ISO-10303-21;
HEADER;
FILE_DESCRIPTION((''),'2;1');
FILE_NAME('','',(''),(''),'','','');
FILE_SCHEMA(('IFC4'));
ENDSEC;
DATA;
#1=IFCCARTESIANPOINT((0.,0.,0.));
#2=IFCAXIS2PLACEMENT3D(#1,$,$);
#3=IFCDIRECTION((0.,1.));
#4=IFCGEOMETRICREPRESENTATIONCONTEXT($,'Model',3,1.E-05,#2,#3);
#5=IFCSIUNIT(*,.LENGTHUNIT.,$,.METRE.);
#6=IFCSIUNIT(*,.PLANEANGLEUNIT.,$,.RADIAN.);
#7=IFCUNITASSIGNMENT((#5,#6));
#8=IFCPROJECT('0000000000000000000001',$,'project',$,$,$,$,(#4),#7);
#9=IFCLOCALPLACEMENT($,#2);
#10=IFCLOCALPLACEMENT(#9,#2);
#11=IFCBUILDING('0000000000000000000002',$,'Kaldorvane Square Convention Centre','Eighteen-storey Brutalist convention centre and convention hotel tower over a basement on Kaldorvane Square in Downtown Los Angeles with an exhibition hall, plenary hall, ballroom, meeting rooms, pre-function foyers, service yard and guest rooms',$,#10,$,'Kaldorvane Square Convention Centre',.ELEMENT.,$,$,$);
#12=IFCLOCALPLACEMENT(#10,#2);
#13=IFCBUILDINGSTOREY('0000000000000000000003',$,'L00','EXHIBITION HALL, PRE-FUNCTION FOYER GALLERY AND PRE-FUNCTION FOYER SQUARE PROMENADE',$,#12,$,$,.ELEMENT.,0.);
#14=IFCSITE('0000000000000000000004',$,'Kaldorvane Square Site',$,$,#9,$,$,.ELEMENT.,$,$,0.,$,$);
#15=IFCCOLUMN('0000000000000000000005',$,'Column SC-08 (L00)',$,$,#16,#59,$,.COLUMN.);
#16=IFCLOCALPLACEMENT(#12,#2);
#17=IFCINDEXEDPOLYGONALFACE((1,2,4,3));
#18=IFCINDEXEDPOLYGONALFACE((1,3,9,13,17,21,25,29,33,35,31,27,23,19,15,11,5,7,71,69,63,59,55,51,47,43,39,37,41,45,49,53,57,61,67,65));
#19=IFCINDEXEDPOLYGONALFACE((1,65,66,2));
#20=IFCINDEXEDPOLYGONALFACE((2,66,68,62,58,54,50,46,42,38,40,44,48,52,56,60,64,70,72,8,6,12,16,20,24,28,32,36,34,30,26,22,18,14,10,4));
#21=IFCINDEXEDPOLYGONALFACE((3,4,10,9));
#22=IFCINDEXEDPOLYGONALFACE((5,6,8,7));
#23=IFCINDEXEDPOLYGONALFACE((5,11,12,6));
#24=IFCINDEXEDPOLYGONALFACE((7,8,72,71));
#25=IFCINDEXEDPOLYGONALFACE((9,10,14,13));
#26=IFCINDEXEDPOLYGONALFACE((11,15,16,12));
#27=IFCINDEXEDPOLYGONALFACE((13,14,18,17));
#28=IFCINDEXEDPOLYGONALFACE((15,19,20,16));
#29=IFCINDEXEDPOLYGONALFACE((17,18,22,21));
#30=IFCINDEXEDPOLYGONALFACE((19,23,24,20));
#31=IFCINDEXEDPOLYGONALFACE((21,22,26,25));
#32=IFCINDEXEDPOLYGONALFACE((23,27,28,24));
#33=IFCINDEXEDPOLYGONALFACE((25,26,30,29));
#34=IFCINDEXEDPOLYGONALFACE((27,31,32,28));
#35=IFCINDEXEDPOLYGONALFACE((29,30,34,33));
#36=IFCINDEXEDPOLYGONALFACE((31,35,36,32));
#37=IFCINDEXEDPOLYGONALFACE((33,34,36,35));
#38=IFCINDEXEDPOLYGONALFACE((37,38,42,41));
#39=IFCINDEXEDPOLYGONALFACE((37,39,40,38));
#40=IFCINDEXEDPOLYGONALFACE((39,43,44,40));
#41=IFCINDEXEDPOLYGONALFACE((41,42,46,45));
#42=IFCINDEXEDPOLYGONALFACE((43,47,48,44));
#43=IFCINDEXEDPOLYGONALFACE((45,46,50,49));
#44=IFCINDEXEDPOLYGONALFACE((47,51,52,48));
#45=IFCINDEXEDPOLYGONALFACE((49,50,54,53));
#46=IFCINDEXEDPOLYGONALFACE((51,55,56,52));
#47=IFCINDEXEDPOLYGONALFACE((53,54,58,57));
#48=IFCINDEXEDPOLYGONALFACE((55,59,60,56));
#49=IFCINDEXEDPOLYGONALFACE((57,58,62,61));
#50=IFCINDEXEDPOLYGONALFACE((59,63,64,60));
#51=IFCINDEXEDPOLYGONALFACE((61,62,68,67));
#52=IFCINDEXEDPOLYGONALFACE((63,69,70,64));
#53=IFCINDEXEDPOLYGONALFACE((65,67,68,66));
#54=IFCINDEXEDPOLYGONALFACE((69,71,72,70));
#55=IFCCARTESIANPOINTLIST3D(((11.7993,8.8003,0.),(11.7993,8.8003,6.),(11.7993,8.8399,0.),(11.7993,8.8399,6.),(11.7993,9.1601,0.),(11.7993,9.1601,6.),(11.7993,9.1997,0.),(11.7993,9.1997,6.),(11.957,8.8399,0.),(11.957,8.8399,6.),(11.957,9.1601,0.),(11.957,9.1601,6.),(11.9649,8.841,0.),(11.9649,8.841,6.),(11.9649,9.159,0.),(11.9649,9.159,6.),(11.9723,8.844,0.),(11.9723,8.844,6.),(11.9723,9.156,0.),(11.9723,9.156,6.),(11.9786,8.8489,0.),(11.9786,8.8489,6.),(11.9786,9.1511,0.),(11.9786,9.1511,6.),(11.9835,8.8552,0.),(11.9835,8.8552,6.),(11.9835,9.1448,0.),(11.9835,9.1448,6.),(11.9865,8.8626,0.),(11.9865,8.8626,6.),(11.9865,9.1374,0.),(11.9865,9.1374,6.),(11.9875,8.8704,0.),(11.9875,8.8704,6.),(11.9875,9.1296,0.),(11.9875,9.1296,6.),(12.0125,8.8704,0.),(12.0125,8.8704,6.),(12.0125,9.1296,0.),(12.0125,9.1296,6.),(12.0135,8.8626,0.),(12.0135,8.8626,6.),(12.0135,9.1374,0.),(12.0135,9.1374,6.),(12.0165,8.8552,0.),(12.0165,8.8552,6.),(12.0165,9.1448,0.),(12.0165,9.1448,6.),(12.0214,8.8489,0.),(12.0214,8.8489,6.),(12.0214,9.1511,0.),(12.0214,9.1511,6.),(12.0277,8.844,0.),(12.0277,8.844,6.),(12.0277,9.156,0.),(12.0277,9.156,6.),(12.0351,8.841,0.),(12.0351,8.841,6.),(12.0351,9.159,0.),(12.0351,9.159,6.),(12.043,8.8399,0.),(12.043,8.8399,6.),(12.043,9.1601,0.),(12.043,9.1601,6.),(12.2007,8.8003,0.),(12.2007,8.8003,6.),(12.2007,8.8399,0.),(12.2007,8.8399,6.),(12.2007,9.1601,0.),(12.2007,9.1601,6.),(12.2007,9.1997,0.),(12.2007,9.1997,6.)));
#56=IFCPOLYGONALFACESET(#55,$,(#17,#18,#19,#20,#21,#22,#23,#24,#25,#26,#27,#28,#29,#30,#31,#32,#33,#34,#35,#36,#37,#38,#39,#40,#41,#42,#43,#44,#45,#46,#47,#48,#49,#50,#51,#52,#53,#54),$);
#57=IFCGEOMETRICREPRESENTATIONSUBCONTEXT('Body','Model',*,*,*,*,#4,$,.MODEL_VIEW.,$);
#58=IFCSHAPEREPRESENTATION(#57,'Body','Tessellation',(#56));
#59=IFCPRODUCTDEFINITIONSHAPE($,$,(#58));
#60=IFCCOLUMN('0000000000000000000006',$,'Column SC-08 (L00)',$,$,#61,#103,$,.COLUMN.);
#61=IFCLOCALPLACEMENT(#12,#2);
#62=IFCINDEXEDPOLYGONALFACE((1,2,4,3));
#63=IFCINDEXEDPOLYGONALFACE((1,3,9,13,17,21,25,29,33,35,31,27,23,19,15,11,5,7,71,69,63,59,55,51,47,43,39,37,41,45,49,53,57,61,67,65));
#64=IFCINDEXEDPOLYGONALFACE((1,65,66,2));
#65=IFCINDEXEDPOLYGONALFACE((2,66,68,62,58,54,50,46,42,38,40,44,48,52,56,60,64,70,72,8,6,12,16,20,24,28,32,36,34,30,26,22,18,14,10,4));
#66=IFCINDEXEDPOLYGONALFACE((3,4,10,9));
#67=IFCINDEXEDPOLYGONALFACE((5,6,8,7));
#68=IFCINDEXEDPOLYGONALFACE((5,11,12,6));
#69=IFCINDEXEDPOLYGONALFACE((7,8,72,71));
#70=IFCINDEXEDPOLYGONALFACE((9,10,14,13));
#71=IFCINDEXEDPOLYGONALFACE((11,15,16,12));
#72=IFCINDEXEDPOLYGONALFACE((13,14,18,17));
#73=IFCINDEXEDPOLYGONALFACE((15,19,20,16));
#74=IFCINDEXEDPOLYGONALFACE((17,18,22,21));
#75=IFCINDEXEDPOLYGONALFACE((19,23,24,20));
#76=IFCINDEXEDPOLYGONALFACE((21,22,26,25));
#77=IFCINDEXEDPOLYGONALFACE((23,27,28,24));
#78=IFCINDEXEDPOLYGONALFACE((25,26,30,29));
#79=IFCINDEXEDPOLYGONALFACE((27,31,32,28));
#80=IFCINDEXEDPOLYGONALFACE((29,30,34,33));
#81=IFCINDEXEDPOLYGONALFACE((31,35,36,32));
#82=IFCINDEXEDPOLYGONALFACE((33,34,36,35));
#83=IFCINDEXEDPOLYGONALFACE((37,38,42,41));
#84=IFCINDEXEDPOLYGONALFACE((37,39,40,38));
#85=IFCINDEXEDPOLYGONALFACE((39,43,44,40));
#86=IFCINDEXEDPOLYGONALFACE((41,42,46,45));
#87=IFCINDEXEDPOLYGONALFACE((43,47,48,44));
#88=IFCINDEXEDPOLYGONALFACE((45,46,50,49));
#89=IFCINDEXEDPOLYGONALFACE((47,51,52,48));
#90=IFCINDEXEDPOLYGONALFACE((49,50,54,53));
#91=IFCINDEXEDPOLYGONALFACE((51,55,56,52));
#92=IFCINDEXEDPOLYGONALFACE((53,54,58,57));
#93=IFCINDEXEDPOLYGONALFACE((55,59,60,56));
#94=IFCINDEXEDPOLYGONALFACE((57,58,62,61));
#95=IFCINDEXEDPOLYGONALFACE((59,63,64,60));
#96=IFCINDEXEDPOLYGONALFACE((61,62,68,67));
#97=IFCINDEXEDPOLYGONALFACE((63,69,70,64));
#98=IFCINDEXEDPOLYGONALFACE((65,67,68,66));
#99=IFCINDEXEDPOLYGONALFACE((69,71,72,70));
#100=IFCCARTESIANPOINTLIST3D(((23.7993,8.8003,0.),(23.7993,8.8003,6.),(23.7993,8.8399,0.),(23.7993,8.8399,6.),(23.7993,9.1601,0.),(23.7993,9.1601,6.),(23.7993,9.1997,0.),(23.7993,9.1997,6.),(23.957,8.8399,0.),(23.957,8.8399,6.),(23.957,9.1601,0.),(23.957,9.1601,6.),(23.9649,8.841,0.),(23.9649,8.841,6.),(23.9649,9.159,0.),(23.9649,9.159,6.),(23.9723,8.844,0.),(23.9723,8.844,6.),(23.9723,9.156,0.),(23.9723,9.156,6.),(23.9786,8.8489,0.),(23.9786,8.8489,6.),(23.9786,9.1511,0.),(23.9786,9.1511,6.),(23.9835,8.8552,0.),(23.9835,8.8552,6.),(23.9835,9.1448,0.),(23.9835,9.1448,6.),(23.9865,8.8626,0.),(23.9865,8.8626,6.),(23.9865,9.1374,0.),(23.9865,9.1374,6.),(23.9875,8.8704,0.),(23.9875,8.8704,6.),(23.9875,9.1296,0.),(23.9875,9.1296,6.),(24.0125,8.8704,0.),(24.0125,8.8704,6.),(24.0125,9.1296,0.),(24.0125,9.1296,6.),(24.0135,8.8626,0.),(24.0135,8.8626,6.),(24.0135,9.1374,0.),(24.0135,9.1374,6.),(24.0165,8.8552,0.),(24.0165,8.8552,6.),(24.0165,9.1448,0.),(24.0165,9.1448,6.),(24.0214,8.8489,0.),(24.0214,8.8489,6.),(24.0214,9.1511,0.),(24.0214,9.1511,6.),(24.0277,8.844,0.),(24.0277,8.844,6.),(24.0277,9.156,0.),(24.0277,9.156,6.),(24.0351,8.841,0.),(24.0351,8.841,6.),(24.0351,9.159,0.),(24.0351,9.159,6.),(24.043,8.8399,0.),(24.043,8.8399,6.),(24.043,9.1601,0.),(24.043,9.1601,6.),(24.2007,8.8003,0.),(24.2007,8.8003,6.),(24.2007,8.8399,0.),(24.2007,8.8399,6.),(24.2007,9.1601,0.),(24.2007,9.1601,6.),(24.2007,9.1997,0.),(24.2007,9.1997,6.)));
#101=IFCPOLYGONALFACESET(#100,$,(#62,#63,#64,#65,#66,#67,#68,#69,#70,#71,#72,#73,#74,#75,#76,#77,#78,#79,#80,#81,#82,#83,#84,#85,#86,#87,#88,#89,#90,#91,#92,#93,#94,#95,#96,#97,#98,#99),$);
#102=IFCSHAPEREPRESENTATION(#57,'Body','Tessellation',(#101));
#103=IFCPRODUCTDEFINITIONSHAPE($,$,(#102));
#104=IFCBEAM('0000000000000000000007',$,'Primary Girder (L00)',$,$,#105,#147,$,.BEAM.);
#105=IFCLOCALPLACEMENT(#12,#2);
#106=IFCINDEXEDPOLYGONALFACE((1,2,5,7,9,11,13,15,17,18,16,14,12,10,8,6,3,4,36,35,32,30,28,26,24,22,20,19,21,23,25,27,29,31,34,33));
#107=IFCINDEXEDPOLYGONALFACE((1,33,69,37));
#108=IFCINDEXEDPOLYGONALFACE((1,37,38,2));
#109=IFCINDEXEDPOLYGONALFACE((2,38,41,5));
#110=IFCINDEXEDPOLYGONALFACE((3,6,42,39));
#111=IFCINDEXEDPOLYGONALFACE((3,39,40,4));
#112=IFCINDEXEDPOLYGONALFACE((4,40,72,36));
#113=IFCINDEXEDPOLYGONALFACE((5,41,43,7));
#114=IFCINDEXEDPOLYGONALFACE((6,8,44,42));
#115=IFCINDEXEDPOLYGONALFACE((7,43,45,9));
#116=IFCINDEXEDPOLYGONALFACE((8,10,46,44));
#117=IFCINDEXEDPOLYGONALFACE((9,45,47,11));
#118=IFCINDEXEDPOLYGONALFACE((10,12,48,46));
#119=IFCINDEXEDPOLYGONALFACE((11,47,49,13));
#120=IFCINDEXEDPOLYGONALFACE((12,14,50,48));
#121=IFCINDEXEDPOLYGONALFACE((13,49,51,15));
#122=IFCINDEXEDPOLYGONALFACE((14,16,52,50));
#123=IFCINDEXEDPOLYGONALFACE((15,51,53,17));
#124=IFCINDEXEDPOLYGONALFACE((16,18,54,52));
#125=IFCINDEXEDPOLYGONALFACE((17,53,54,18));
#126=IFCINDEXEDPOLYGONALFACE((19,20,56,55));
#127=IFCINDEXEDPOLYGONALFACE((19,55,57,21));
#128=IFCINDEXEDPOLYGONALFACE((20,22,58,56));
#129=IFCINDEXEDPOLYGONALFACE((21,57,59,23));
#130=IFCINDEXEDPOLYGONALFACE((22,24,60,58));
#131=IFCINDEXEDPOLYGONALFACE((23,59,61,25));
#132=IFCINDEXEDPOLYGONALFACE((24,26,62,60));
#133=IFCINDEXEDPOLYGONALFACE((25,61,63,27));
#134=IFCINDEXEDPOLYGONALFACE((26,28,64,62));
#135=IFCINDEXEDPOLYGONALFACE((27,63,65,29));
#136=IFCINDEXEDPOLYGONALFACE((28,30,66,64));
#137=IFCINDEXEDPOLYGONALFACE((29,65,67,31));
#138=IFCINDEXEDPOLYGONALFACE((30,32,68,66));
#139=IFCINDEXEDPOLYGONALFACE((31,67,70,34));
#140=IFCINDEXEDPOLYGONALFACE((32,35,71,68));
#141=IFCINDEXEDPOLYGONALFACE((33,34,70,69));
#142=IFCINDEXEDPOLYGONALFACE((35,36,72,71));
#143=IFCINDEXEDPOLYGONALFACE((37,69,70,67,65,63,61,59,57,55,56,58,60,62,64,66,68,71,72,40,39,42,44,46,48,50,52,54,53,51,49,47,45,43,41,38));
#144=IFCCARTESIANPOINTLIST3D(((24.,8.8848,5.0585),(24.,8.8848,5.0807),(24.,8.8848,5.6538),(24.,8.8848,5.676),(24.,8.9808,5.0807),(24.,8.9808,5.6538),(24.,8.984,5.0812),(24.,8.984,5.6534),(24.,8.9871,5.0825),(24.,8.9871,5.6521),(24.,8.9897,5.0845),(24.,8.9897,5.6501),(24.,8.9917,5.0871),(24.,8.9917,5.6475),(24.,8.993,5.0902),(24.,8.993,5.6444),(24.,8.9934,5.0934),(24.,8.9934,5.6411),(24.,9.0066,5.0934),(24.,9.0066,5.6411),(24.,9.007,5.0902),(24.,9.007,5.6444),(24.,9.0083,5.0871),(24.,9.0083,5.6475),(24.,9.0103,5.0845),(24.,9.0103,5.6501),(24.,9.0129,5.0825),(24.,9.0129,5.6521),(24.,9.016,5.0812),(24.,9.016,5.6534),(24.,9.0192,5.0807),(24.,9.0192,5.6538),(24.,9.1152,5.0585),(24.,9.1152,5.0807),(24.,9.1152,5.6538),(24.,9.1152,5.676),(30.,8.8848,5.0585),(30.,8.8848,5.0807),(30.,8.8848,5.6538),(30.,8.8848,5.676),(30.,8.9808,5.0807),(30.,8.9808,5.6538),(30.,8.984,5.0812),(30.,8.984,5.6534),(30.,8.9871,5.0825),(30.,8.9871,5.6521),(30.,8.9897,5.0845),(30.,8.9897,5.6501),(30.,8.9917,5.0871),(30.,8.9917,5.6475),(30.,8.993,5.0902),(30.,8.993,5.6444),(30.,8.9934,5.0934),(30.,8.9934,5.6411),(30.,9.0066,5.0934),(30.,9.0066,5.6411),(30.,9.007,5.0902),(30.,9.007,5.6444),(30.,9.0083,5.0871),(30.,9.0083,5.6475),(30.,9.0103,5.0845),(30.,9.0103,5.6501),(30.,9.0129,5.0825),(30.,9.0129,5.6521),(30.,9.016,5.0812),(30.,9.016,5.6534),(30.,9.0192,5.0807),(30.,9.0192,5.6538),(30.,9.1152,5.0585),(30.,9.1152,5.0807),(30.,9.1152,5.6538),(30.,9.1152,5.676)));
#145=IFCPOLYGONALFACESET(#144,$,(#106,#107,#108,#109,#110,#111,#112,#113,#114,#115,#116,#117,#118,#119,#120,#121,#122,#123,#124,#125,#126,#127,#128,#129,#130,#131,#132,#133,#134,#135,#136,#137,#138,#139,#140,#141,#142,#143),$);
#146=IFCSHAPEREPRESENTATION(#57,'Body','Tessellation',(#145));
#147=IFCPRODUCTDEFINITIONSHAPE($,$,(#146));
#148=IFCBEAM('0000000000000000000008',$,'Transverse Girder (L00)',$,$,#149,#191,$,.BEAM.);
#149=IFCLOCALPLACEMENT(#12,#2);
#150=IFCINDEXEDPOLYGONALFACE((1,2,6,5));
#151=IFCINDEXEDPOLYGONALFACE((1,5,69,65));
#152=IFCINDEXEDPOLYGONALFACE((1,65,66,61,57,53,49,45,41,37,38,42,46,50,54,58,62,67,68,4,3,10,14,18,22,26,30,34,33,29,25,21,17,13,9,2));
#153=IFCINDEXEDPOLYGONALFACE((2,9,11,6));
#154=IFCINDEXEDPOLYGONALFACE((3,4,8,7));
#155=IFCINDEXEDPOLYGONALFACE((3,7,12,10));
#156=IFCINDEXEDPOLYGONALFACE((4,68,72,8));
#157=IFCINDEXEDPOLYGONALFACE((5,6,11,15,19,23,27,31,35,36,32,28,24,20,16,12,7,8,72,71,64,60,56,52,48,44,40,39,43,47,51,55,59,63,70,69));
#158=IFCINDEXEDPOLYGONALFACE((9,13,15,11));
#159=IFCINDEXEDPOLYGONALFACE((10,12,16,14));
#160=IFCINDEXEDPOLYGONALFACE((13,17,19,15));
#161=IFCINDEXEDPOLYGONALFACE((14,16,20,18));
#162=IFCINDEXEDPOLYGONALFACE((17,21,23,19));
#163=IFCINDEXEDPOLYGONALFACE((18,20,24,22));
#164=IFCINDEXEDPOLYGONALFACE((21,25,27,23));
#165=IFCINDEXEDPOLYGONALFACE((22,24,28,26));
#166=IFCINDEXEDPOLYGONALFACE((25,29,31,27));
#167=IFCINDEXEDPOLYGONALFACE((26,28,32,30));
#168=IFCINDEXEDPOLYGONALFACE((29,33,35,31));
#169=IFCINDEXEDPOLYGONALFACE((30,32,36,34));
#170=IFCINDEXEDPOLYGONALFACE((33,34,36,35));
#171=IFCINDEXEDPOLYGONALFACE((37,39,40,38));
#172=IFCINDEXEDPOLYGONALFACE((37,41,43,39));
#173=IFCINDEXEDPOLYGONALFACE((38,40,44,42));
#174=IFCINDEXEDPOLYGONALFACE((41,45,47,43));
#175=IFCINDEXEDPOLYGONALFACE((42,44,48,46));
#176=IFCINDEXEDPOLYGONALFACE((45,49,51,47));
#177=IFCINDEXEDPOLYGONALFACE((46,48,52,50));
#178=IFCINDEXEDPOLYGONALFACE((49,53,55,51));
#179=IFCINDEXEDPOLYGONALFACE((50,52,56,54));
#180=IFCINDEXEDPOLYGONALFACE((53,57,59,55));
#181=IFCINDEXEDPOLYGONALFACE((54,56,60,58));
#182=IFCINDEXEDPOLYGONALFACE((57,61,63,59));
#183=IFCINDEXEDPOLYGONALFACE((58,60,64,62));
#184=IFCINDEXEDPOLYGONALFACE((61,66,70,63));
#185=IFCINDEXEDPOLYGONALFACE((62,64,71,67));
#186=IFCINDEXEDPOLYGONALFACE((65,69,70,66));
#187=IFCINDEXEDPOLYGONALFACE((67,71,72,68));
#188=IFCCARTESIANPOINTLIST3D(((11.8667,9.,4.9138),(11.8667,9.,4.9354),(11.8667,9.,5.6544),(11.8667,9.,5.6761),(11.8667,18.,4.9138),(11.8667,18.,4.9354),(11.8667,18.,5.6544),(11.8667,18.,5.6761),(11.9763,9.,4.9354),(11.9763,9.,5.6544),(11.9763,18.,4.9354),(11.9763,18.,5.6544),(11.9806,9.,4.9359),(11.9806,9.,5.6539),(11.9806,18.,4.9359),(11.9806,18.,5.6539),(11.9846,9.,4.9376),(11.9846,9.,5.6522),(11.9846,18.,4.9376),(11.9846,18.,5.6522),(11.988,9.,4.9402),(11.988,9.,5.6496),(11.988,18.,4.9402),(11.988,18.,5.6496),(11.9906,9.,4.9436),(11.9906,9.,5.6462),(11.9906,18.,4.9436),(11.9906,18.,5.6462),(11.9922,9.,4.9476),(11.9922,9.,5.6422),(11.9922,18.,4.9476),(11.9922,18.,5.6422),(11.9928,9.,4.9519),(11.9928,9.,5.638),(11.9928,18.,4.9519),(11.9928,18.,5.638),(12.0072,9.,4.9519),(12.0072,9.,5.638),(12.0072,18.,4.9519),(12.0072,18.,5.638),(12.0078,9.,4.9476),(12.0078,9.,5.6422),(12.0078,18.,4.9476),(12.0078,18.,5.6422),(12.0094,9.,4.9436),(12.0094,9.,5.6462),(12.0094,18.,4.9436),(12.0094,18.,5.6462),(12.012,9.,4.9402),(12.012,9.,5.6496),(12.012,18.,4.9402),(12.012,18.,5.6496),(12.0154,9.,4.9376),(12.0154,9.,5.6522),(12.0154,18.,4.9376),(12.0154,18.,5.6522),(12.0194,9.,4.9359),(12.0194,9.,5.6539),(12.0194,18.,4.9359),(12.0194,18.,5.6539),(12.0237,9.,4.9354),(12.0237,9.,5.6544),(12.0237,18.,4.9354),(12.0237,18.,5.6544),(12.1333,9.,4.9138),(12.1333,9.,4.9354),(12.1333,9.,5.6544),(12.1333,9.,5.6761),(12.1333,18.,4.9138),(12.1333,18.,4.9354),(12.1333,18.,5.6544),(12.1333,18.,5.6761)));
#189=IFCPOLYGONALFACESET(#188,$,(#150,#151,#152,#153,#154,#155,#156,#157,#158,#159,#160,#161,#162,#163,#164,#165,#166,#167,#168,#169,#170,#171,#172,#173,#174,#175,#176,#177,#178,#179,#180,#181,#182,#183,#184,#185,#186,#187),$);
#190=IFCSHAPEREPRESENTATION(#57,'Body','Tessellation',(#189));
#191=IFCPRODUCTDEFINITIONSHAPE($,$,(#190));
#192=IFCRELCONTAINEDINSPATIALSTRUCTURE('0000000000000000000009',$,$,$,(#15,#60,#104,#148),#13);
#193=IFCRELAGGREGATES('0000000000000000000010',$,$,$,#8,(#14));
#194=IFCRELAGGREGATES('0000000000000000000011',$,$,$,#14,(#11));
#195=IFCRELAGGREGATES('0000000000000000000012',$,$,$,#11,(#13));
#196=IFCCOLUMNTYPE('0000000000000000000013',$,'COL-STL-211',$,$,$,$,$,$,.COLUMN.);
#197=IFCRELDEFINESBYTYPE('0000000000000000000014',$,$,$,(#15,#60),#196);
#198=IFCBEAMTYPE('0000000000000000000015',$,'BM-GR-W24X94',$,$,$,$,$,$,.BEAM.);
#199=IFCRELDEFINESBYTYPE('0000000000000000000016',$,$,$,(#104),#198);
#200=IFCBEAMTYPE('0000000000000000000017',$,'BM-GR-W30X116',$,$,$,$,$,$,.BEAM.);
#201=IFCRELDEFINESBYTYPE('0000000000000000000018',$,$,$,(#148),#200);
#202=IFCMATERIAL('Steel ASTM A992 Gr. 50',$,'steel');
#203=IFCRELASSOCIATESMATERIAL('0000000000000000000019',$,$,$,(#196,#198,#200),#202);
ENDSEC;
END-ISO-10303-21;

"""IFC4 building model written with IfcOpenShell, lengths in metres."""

from ifc_helpers import new_model, si_unit, direction, frame, origin, origin_2d, place, context, subcontext, project, spatial, i_section, extrude, material, material_profile, profile_set, type_object, element, save


model = new_model("IFC4")

# Units and contexts
model_context = context("Model", 3, precision=1e-05, world=origin(), true_north=direction((0.0, 1.0)))
body_context = subcontext(model_context, "Body", "Model", "MODEL_VIEW")
ifc_project = project(units=[si_unit("LENGTHUNIT", "METRE"), si_unit("PLANEANGLEUNIT", "RADIAN")], contexts=[model_context])

# Site, building, storey
site_placement = place(None, origin())
site = spatial("IfcSite", under=ifc_project, at=site_placement, Name="Kaldorvane Square Site", CompositionType="ELEMENT", RefElevation=0.0)
building_placement = place(site_placement, origin())
building = spatial("IfcBuilding", under=site, at=building_placement, Name="Kaldorvane Square Convention Centre", Description="Eighteen-storey Brutalist convention centre and convention hotel tower over a basement on Kaldorvane Square in Downtown Los Angeles with an exhibition hall, plenary hall, ballroom, meeting rooms, pre-function foyers, service yard and guest rooms", LongName="Kaldorvane Square Convention Centre", CompositionType="ELEMENT")
storey_placement = place(building_placement, origin())
storey = spatial("IfcBuildingStorey", under=building, at=storey_placement, Name="L00", Description="EXHIBITION HALL, PRE-FUNCTION FOYER GALLERY AND PRE-FUNCTION FOYER SQUARE PROMENADE", CompositionType="ELEMENT", Elevation=0.0)

# Columns
ifc_material_1 = material(Name="Steel ASTM A992 Gr. 50", Category="steel")
ifc_material_profile_1 = material_profile(ifc_material_1, i_section(OverallWidth=0.4013, OverallDepth=0.3993, WebThickness=0.0249, FlangeThickness=0.0396, FilletRadius=0.0305, at=origin_2d()), Name="W14X211")
ifc_profile_set_1 = profile_set([ifc_material_profile_1], Name="Steel ASTM A992 Gr. 50")
column_type = type_object("IfcColumnType", Name="COL-STL-211", PredefinedType="COLUMN", material=ifc_profile_set_1)
for number, where, z_axis, x_axis, name in (
    (1, (12.0, 9.0, 0.0), (0.0, 0.0, 1.0), (1.0, 0.0, 0.0), "Column SC-08 (L00)"),
    (2, (24.0, 9.0, 0.0), (0.0, 0.0, 1.0), (1.0, 0.0, 0.0), "Column SC-08 (L00)"),
):
    element("IfcColumn", number, at=place(storey_placement, frame(where, z_axis=z_axis, x_axis=x_axis)), inside=storey, type_object=column_type, Name=name, PredefinedType="COLUMN", context=body_context, shape_type="SweptSolid", body=[
        extrude(i_section(OverallWidth=0.4013, OverallDepth=0.3993, WebThickness=0.0249, FlangeThickness=0.0396, FilletRadius=0.0305, at=origin_2d()), origin(), (0.0, 0.0, 1.0), 6.0),
    ])

# Beams
ifc_material_profile_2 = material_profile(ifc_material_1, i_section(OverallWidth=0.2303, OverallDepth=0.6175, WebThickness=0.0131, FlangeThickness=0.0222, FilletRadius=0.0127, at=origin_2d()), Name="W24X94")
ifc_profile_set_2 = profile_set([ifc_material_profile_2], Name="Steel ASTM A992 Gr. 50")
beam_type_1 = type_object("IfcBeamType", Name="BM-GR-W24X94", PredefinedType="BEAM", material=ifc_profile_set_2)
beam_1_placement = place(storey_placement, frame((24.0, 9.0, 5.3673), z_axis=(1.0, 0.0, 0.0), x_axis=(0.0, 1.0, 0.0)))
element("IfcBeam", 3, at=beam_1_placement, inside=storey, type_object=beam_type_1, Name="Primary Girder (L00)", PredefinedType="BEAM", context=body_context, shape_type="SweptSolid", body=[
    extrude(i_section(OverallWidth=0.2303, OverallDepth=0.6175, WebThickness=0.0131, FlangeThickness=0.0222, FilletRadius=0.0127, at=origin_2d()), origin(), (0.0, 0.0, 1.0), 6.0),
])
ifc_material_profile_3 = material_profile(ifc_material_1, i_section(OverallWidth=0.2666, OverallDepth=0.7623, WebThickness=0.0144, FlangeThickness=0.0216, FilletRadius=0.0165, at=origin_2d()), Name="W30X116")
ifc_profile_set_3 = profile_set([ifc_material_profile_3], Name="Steel ASTM A992 Gr. 50")
beam_type_2 = type_object("IfcBeamType", Name="BM-GR-W30X116", PredefinedType="BEAM", material=ifc_profile_set_3)
for number, where, z_axis, x_axis, name in (
    (4, (12.0, 9.0, 5.2949), (0.0, 1.0, 0.0), (-1.0, 0.0, 0.0), "Transverse Girder (L00)"),
):
    element("IfcBeam", number, at=place(storey_placement, frame(where, z_axis=z_axis, x_axis=x_axis)), inside=storey, type_object=beam_type_2, Name=name, PredefinedType="BEAM", context=body_context, shape_type="SweptSolid", body=[
        extrude(i_section(OverallWidth=0.2666, OverallDepth=0.7623, WebThickness=0.0144, FlangeThickness=0.0216, FilletRadius=0.0165, at=origin_2d()), origin(), (0.0, 0.0, 1.0), 9.0),
    ])

save(model, "model.ifc")
